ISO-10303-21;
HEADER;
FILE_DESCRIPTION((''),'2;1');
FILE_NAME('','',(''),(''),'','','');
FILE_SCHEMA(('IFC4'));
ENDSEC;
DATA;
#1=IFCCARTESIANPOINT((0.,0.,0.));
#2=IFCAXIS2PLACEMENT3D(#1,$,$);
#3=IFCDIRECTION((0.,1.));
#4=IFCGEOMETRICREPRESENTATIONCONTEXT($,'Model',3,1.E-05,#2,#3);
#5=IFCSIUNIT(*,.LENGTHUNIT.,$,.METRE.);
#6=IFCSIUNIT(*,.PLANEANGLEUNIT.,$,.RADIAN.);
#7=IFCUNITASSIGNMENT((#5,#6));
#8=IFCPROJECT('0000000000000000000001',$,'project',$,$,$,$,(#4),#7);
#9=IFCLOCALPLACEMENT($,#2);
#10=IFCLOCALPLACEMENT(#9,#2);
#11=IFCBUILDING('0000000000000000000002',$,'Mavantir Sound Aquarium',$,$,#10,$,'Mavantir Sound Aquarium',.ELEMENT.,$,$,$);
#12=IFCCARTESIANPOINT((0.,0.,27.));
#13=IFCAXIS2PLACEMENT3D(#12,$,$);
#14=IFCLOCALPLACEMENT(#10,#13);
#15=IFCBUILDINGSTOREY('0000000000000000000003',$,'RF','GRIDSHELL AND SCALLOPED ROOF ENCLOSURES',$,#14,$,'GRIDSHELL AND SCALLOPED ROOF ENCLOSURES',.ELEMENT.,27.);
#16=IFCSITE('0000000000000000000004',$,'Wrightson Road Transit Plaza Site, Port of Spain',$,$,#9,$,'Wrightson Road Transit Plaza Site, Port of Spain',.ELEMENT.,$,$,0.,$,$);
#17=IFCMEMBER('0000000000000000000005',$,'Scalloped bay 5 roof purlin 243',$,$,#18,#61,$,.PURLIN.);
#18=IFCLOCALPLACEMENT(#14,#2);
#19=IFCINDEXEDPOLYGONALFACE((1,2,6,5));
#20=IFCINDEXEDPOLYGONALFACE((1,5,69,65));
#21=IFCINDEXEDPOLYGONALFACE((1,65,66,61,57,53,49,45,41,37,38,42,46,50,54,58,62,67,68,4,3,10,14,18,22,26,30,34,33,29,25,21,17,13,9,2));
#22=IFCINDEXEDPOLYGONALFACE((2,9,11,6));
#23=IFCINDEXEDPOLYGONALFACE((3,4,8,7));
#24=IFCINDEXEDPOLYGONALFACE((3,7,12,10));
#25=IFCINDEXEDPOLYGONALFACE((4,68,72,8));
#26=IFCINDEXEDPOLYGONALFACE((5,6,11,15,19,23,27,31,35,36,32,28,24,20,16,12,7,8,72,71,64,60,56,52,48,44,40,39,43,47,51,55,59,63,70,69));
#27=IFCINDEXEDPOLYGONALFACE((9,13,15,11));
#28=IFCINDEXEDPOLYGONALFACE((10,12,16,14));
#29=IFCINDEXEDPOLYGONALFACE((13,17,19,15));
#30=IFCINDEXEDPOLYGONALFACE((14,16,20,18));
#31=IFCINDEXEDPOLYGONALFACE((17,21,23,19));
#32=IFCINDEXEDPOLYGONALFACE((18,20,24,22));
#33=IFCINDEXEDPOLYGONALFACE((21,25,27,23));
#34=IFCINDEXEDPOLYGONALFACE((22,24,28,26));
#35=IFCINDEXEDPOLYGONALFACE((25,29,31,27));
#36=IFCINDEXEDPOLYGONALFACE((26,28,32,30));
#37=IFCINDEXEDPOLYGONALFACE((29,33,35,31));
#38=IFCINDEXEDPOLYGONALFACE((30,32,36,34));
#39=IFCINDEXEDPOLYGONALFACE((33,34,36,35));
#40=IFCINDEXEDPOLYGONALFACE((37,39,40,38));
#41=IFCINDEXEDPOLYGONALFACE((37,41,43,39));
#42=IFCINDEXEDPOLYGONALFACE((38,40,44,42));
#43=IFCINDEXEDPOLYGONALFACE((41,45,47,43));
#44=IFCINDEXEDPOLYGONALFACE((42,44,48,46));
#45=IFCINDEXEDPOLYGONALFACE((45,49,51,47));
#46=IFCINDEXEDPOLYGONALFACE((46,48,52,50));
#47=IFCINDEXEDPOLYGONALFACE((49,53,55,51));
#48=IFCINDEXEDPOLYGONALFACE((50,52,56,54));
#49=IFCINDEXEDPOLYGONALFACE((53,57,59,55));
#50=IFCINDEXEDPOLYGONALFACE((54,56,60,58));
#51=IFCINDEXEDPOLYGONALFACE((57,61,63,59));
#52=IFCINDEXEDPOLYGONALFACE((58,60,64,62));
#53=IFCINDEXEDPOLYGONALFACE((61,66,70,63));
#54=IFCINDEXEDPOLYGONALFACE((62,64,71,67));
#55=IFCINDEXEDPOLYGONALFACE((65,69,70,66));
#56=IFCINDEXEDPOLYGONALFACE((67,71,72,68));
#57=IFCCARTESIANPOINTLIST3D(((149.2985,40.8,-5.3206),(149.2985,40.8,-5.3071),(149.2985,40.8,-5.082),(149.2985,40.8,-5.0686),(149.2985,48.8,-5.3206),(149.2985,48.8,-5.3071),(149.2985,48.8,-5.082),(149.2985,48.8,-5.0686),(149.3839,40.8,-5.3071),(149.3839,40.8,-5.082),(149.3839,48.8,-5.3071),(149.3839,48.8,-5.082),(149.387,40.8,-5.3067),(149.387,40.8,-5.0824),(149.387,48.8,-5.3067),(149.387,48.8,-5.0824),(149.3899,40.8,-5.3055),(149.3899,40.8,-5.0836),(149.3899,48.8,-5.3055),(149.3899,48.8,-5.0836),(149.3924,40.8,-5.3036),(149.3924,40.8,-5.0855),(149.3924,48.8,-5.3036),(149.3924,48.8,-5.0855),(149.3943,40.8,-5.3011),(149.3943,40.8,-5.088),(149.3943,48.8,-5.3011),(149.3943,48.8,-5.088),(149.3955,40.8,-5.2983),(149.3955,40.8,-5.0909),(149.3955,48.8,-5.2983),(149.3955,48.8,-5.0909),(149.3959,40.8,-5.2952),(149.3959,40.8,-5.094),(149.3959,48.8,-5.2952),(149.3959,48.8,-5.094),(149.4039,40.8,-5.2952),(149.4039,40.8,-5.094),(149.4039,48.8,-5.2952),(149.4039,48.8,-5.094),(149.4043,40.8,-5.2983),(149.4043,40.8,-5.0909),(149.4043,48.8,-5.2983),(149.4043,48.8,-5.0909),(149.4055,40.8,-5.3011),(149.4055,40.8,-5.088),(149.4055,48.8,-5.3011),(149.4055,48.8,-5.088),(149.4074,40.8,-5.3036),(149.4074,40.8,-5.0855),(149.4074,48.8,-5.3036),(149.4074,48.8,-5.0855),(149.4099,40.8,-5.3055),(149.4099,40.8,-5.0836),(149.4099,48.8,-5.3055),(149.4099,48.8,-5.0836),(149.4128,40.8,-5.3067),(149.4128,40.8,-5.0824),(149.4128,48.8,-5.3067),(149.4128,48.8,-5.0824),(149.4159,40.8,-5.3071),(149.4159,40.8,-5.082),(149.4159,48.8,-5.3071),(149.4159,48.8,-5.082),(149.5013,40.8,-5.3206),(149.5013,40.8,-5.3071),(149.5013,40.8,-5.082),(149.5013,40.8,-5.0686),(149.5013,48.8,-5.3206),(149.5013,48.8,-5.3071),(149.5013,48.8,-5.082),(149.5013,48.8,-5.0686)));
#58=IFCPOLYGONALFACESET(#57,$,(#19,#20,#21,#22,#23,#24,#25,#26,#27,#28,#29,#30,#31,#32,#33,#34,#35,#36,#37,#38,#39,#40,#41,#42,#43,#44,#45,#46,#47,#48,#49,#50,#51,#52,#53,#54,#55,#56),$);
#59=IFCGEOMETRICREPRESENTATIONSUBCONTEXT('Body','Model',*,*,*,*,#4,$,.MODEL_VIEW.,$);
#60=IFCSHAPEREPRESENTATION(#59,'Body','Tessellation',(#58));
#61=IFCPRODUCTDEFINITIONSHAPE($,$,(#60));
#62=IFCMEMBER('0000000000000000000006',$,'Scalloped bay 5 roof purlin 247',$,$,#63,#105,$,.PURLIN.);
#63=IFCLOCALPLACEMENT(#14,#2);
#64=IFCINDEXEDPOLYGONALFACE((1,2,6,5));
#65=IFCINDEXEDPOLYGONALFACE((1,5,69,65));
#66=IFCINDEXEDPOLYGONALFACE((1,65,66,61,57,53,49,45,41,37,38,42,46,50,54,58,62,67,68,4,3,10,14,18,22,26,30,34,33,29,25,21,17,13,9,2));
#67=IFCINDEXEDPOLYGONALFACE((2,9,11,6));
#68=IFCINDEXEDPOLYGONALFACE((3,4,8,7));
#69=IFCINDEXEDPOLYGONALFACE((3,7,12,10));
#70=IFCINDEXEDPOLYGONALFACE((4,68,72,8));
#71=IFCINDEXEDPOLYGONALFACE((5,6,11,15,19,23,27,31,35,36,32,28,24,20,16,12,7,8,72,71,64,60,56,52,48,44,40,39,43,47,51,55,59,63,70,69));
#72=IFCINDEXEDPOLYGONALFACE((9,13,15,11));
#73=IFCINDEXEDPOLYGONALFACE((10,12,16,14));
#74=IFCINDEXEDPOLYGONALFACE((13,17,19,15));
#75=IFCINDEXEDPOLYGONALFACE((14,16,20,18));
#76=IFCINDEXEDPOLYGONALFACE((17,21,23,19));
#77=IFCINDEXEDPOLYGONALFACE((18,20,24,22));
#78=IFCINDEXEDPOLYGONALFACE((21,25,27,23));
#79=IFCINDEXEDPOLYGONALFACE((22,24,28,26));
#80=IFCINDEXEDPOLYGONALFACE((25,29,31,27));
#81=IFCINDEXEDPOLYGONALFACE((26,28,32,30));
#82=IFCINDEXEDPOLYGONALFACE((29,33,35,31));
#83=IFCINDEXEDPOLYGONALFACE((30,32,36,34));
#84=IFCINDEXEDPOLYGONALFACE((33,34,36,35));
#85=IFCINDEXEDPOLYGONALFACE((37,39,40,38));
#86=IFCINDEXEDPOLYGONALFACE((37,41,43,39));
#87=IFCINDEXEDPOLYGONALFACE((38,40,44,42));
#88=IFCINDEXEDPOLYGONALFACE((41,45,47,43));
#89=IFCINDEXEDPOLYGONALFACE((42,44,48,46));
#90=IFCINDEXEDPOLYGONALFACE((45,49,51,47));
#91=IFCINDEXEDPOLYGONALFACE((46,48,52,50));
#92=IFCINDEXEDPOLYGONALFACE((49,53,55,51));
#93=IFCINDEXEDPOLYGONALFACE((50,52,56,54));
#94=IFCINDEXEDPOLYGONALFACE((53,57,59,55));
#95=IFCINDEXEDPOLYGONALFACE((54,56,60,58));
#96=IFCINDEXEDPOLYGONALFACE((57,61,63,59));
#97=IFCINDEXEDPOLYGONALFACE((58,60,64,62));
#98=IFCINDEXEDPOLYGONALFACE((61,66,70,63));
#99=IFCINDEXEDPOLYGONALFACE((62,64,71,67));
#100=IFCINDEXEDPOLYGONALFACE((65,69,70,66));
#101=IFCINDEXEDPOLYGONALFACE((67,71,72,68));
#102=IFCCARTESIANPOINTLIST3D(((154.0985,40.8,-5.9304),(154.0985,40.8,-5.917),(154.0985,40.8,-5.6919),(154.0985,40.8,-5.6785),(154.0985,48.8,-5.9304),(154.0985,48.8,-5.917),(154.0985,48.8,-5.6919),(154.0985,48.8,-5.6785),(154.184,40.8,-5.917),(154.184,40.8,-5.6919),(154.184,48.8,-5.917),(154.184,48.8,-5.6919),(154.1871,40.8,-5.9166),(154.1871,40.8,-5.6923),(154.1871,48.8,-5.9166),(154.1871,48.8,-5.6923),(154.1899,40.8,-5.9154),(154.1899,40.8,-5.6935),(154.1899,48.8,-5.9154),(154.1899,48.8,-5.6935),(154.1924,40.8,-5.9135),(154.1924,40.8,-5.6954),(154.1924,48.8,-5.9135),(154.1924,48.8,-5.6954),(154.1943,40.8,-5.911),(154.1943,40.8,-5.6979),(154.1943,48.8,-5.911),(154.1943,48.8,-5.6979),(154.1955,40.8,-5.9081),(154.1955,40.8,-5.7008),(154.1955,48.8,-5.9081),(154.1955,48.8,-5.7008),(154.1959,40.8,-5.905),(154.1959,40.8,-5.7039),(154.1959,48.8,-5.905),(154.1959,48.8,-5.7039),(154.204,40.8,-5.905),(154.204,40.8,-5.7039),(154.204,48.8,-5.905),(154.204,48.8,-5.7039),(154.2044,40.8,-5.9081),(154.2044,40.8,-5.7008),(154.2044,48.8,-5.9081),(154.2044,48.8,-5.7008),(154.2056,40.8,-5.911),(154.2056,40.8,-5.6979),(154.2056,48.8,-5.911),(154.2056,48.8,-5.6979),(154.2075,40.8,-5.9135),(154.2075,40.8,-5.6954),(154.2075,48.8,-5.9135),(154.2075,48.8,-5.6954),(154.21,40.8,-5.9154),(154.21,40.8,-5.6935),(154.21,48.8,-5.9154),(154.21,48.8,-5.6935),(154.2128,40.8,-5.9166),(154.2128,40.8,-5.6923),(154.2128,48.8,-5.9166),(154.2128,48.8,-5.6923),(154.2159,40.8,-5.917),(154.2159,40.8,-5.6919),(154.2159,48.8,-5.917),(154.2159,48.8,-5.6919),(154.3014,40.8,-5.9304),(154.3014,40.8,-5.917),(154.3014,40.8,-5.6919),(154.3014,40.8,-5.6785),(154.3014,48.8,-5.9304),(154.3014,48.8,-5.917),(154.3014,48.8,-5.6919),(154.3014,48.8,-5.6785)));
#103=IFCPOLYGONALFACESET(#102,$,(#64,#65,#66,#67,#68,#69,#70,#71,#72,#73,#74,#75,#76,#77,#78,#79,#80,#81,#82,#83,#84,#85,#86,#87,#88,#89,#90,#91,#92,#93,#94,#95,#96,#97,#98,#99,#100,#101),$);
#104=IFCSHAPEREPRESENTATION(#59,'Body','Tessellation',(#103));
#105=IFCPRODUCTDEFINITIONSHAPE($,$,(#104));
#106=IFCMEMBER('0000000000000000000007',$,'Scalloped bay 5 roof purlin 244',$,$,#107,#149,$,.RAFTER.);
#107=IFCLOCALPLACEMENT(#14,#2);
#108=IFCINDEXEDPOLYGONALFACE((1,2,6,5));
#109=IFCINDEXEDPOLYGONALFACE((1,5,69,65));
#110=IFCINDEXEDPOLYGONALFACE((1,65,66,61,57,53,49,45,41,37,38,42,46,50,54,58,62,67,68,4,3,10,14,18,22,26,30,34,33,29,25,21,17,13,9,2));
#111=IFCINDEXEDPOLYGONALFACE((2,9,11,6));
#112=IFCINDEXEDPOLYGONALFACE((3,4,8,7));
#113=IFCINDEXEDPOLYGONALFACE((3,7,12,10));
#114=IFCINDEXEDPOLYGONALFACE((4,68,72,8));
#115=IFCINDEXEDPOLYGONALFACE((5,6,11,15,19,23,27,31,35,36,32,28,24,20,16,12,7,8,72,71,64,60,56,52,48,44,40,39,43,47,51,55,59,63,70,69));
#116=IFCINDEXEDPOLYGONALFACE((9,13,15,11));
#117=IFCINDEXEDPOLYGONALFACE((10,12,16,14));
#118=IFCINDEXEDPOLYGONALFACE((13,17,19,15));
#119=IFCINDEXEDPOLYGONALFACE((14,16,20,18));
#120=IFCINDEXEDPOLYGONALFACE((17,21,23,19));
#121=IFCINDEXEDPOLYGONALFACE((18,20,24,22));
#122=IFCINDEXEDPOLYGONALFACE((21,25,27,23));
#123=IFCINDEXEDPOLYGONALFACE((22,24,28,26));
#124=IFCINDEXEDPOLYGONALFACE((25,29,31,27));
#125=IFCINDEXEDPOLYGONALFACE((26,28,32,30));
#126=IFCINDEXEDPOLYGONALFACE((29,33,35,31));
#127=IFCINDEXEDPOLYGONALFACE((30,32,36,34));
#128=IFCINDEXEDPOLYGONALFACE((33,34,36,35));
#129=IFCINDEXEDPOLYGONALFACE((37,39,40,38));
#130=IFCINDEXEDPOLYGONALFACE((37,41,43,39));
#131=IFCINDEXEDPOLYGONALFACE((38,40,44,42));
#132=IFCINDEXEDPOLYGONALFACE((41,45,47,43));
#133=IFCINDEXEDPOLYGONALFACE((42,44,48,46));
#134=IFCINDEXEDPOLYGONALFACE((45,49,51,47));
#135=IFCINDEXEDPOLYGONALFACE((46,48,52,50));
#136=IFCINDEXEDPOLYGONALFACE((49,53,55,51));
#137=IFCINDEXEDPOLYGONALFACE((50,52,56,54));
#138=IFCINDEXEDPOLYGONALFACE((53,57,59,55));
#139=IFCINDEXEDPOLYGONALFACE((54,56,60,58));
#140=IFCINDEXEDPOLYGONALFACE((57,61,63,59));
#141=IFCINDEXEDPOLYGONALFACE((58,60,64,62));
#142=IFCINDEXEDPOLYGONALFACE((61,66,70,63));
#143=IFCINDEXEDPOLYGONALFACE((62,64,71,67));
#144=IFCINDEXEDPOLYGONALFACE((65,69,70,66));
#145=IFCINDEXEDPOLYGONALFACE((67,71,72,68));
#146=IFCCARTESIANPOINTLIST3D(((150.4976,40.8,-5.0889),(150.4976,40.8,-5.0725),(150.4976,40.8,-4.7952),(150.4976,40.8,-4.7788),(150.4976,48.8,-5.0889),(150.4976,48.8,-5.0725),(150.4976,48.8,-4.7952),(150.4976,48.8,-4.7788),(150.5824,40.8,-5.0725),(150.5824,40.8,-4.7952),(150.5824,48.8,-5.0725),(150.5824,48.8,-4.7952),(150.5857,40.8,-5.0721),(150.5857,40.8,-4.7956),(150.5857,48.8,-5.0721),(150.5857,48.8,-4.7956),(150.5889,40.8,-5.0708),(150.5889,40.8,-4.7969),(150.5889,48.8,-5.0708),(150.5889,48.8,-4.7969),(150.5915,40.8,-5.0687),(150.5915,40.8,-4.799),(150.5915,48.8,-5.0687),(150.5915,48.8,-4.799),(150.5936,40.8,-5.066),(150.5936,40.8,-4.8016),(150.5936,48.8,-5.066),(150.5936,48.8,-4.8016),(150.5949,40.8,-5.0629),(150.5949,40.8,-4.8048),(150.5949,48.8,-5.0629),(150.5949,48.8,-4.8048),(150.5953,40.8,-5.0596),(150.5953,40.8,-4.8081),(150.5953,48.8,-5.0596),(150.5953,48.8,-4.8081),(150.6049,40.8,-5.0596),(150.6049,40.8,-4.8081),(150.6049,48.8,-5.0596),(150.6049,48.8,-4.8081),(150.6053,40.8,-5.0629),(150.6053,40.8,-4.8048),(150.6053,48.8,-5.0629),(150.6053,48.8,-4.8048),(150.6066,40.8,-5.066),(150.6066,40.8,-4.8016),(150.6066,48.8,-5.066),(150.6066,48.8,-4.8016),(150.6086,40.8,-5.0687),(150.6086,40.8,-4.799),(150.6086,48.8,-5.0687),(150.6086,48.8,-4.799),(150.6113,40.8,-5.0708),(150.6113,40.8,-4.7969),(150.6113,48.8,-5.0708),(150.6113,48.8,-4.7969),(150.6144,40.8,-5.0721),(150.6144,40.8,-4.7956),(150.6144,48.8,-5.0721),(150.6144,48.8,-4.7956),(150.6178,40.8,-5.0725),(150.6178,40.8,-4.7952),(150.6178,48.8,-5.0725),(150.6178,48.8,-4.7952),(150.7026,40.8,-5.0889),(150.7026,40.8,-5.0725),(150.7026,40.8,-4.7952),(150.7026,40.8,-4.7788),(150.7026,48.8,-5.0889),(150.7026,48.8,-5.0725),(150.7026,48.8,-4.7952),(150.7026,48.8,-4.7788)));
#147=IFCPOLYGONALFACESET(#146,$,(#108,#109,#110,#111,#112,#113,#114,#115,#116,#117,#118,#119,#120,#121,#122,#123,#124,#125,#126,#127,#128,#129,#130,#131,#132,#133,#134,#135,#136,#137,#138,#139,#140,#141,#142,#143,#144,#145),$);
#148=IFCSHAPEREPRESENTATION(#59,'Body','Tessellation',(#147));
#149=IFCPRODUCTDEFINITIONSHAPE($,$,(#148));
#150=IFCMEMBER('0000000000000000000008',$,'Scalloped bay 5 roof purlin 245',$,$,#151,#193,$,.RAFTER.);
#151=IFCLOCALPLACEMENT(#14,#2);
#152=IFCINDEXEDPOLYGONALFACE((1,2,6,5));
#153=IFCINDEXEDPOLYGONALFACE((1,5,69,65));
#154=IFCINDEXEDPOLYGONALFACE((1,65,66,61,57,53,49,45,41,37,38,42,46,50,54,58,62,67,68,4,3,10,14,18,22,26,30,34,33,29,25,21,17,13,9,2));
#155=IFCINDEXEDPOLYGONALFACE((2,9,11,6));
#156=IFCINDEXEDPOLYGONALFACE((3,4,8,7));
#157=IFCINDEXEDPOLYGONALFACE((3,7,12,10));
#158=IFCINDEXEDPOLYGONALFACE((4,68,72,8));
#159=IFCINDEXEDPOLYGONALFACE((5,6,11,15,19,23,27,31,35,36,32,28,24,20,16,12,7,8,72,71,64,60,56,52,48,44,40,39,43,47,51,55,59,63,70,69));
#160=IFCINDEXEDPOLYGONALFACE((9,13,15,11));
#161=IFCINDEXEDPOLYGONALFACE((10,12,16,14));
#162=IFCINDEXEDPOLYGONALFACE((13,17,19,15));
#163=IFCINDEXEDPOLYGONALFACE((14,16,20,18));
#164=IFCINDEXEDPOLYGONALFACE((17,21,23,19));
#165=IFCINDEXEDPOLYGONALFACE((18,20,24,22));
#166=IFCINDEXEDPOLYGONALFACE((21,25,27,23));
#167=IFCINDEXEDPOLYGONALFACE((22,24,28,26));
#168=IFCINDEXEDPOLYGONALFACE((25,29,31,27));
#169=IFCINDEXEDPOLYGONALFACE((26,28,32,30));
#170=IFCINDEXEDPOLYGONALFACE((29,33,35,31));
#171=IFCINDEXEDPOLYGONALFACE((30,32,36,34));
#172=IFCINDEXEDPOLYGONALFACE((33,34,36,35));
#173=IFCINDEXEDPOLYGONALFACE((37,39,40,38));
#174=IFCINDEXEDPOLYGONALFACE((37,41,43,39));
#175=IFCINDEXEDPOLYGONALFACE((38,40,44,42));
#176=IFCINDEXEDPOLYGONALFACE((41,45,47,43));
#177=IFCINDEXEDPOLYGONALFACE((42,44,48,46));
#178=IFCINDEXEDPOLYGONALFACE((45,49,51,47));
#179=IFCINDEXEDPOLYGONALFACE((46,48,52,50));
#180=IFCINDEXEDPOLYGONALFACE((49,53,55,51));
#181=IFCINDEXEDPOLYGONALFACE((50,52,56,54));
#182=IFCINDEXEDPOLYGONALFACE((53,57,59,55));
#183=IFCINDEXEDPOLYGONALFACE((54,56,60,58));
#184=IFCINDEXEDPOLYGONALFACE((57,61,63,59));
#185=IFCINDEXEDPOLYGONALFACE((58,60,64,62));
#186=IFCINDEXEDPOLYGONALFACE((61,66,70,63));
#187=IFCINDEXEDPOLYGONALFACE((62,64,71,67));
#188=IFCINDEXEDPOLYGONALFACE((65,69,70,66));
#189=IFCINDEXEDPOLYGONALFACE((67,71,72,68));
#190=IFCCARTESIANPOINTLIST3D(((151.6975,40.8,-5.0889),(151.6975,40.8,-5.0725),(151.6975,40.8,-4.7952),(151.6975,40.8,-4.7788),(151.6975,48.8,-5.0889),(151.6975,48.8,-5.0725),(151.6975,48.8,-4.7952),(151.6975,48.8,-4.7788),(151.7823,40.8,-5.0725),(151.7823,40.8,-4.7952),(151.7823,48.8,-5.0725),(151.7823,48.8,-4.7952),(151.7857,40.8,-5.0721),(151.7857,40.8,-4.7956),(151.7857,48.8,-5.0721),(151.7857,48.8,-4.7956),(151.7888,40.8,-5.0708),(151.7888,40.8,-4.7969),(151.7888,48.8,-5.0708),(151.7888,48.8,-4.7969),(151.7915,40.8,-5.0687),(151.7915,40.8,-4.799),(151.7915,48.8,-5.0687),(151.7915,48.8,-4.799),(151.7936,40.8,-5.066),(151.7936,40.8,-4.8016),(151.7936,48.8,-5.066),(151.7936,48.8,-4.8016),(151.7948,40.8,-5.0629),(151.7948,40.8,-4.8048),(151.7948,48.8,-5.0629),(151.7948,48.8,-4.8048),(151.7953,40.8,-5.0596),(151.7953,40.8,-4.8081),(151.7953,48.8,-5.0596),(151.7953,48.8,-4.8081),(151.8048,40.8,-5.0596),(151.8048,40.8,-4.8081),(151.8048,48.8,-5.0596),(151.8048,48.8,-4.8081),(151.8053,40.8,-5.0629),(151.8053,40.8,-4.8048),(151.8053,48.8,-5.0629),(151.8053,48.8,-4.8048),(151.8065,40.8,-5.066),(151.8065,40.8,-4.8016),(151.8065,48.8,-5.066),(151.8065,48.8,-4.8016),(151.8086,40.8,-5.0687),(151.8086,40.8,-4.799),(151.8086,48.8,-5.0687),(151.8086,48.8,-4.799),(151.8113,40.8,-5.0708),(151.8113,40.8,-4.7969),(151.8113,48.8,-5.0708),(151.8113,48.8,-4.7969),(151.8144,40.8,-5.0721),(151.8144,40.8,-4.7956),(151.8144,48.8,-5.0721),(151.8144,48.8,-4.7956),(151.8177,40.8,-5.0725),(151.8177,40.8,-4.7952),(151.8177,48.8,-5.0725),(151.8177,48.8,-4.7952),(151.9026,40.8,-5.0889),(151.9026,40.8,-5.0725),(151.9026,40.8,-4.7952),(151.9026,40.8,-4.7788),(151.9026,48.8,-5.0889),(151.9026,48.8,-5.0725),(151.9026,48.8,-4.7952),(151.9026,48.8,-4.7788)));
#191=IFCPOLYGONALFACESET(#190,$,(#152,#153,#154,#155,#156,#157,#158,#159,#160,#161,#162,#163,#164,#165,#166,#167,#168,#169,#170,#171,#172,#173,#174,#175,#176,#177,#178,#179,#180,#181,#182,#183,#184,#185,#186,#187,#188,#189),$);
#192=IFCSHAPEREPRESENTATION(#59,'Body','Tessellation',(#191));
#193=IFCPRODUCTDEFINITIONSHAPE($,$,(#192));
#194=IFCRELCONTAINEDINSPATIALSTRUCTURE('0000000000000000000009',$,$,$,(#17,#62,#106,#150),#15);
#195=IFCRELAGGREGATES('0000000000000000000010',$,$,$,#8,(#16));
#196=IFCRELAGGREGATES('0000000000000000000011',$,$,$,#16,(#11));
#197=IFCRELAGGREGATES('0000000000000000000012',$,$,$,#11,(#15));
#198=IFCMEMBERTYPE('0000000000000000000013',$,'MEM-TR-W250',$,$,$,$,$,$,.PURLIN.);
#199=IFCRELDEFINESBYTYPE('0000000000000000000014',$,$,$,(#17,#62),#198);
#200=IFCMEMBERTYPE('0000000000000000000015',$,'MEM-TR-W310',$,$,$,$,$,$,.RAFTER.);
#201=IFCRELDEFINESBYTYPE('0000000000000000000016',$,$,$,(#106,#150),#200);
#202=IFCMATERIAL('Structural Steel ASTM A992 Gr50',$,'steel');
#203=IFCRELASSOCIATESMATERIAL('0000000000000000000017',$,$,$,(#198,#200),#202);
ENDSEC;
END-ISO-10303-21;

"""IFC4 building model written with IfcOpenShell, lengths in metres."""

from ifc_helpers import new_model, si_unit, direction, frame, origin, origin_2d, place, context, subcontext, project, spatial, i_section, extrude, material, material_profile, profile_set, type_object, element, save


model = new_model("IFC4")

# Units and contexts
model_context = context("Model", 3, precision=1e-05, world=origin(), true_north=direction((0.0, 1.0)))
body_context = subcontext(model_context, "Body", "Model", "MODEL_VIEW")
ifc_project = project(units=[si_unit("LENGTHUNIT", "METRE"), si_unit("PLANEANGLEUNIT", "RADIAN")], contexts=[model_context])

# Site, building, storey
site_placement = place(None, origin())
site = spatial("IfcSite", under=ifc_project, at=site_placement, Name="Wrightson Road Transit Plaza Site, Port of Spain", LongName="Wrightson Road Transit Plaza Site, Port of Spain", CompositionType="ELEMENT", RefElevation=0.0)
building_placement = place(site_placement, origin())
building = spatial("IfcBuilding", under=site, at=building_placement, Name="Mavantir Sound Aquarium", LongName="Mavantir Sound Aquarium", CompositionType="ELEMENT")
storey_placement = place(building_placement, frame((0.0, 0.0, 27.0)))
storey = spatial("IfcBuildingStorey", under=building, at=storey_placement, Name="RF", Description="GRIDSHELL AND SCALLOPED ROOF ENCLOSURES", LongName="GRIDSHELL AND SCALLOPED ROOF ENCLOSURES", CompositionType="ELEMENT", Elevation=27.0)

# Shared definitions
ifc_material_1 = material(Name="Structural Steel ASTM A992 Gr50", Category="steel")

# Members
ifc_material_profile_1 = material_profile(ifc_material_1, i_section(OverallWidth=0.2029, OverallDepth=0.252, WebThickness=0.0081, FlangeThickness=0.0134, FilletRadius=0.012, at=origin_2d()), Name="W250X58")
ifc_profile_set_1 = profile_set([ifc_material_profile_1], Name="Structural Steel ASTM A992 Gr50")
member_type_1 = type_object("IfcMemberType", Name="MEM-TR-W250", PredefinedType="PURLIN", material=ifc_profile_set_1)
for number, where, z_axis, x_axis, name in (
    (1, (149.3999, 40.8, -5.1946), (0.0, 1.0, 0.0), (-1.0, 0.0, 0.0), "Scalloped bay 5 roof purlin 243"),
    (2, (154.2, 40.8, -5.8044), (0.0, 1.0, 0.0), (-1.0, 0.0, 0.0), "Scalloped bay 5 roof purlin 247"),
):
    element("IfcMember", number, at=place(storey_placement, frame(where, z_axis=z_axis, x_axis=x_axis)), inside=storey, type_object=member_type_1, Name=name, PredefinedType="PURLIN", context=body_context, shape_type="SweptSolid", body=[
        extrude(i_section(OverallWidth=0.2029, OverallDepth=0.252, WebThickness=0.0081, FlangeThickness=0.0134, FilletRadius=0.012, at=origin_2d()), origin(), (0.0, 0.0, 1.0), 8.0),
    ])
ifc_material_profile_2 = material_profile(ifc_material_1, i_section(OverallWidth=0.2051, OverallDepth=0.3101, WebThickness=0.0095, FlangeThickness=0.0164, FilletRadius=0.0129, at=origin_2d()), Name="W310X74")
ifc_profile_set_2 = profile_set([ifc_material_profile_2], Name="Structural Steel ASTM A992 Gr50")
member_type_2 = type_object("IfcMemberType", Name="MEM-TR-W310", PredefinedType="RAFTER", material=ifc_profile_set_2)
for number, where, z_axis, x_axis, name in (
    (3, (150.6001, 40.8, -4.9338), (0.0, 1.0, 0.0), (-1.0, 0.0, 0.0), "Scalloped bay 5 roof purlin 244"),
    (4, (151.8, 40.8, -4.9338), (0.0, 1.0, 0.0), (-1.0, 0.0, 0.0), "Scalloped bay 5 roof purlin 245"),
):
    element("IfcMember", number, at=place(storey_placement, frame(where, z_axis=z_axis, x_axis=x_axis)), inside=storey, type_object=member_type_2, Name=name, PredefinedType="RAFTER", context=body_context, shape_type="SweptSolid", body=[
        extrude(i_section(OverallWidth=0.2051, OverallDepth=0.3101, WebThickness=0.0095, FlangeThickness=0.0164, FilletRadius=0.0129, at=origin_2d()), origin(), (0.0, 0.0, 1.0), 8.0),
    ])

save(model, "model.ifc")
